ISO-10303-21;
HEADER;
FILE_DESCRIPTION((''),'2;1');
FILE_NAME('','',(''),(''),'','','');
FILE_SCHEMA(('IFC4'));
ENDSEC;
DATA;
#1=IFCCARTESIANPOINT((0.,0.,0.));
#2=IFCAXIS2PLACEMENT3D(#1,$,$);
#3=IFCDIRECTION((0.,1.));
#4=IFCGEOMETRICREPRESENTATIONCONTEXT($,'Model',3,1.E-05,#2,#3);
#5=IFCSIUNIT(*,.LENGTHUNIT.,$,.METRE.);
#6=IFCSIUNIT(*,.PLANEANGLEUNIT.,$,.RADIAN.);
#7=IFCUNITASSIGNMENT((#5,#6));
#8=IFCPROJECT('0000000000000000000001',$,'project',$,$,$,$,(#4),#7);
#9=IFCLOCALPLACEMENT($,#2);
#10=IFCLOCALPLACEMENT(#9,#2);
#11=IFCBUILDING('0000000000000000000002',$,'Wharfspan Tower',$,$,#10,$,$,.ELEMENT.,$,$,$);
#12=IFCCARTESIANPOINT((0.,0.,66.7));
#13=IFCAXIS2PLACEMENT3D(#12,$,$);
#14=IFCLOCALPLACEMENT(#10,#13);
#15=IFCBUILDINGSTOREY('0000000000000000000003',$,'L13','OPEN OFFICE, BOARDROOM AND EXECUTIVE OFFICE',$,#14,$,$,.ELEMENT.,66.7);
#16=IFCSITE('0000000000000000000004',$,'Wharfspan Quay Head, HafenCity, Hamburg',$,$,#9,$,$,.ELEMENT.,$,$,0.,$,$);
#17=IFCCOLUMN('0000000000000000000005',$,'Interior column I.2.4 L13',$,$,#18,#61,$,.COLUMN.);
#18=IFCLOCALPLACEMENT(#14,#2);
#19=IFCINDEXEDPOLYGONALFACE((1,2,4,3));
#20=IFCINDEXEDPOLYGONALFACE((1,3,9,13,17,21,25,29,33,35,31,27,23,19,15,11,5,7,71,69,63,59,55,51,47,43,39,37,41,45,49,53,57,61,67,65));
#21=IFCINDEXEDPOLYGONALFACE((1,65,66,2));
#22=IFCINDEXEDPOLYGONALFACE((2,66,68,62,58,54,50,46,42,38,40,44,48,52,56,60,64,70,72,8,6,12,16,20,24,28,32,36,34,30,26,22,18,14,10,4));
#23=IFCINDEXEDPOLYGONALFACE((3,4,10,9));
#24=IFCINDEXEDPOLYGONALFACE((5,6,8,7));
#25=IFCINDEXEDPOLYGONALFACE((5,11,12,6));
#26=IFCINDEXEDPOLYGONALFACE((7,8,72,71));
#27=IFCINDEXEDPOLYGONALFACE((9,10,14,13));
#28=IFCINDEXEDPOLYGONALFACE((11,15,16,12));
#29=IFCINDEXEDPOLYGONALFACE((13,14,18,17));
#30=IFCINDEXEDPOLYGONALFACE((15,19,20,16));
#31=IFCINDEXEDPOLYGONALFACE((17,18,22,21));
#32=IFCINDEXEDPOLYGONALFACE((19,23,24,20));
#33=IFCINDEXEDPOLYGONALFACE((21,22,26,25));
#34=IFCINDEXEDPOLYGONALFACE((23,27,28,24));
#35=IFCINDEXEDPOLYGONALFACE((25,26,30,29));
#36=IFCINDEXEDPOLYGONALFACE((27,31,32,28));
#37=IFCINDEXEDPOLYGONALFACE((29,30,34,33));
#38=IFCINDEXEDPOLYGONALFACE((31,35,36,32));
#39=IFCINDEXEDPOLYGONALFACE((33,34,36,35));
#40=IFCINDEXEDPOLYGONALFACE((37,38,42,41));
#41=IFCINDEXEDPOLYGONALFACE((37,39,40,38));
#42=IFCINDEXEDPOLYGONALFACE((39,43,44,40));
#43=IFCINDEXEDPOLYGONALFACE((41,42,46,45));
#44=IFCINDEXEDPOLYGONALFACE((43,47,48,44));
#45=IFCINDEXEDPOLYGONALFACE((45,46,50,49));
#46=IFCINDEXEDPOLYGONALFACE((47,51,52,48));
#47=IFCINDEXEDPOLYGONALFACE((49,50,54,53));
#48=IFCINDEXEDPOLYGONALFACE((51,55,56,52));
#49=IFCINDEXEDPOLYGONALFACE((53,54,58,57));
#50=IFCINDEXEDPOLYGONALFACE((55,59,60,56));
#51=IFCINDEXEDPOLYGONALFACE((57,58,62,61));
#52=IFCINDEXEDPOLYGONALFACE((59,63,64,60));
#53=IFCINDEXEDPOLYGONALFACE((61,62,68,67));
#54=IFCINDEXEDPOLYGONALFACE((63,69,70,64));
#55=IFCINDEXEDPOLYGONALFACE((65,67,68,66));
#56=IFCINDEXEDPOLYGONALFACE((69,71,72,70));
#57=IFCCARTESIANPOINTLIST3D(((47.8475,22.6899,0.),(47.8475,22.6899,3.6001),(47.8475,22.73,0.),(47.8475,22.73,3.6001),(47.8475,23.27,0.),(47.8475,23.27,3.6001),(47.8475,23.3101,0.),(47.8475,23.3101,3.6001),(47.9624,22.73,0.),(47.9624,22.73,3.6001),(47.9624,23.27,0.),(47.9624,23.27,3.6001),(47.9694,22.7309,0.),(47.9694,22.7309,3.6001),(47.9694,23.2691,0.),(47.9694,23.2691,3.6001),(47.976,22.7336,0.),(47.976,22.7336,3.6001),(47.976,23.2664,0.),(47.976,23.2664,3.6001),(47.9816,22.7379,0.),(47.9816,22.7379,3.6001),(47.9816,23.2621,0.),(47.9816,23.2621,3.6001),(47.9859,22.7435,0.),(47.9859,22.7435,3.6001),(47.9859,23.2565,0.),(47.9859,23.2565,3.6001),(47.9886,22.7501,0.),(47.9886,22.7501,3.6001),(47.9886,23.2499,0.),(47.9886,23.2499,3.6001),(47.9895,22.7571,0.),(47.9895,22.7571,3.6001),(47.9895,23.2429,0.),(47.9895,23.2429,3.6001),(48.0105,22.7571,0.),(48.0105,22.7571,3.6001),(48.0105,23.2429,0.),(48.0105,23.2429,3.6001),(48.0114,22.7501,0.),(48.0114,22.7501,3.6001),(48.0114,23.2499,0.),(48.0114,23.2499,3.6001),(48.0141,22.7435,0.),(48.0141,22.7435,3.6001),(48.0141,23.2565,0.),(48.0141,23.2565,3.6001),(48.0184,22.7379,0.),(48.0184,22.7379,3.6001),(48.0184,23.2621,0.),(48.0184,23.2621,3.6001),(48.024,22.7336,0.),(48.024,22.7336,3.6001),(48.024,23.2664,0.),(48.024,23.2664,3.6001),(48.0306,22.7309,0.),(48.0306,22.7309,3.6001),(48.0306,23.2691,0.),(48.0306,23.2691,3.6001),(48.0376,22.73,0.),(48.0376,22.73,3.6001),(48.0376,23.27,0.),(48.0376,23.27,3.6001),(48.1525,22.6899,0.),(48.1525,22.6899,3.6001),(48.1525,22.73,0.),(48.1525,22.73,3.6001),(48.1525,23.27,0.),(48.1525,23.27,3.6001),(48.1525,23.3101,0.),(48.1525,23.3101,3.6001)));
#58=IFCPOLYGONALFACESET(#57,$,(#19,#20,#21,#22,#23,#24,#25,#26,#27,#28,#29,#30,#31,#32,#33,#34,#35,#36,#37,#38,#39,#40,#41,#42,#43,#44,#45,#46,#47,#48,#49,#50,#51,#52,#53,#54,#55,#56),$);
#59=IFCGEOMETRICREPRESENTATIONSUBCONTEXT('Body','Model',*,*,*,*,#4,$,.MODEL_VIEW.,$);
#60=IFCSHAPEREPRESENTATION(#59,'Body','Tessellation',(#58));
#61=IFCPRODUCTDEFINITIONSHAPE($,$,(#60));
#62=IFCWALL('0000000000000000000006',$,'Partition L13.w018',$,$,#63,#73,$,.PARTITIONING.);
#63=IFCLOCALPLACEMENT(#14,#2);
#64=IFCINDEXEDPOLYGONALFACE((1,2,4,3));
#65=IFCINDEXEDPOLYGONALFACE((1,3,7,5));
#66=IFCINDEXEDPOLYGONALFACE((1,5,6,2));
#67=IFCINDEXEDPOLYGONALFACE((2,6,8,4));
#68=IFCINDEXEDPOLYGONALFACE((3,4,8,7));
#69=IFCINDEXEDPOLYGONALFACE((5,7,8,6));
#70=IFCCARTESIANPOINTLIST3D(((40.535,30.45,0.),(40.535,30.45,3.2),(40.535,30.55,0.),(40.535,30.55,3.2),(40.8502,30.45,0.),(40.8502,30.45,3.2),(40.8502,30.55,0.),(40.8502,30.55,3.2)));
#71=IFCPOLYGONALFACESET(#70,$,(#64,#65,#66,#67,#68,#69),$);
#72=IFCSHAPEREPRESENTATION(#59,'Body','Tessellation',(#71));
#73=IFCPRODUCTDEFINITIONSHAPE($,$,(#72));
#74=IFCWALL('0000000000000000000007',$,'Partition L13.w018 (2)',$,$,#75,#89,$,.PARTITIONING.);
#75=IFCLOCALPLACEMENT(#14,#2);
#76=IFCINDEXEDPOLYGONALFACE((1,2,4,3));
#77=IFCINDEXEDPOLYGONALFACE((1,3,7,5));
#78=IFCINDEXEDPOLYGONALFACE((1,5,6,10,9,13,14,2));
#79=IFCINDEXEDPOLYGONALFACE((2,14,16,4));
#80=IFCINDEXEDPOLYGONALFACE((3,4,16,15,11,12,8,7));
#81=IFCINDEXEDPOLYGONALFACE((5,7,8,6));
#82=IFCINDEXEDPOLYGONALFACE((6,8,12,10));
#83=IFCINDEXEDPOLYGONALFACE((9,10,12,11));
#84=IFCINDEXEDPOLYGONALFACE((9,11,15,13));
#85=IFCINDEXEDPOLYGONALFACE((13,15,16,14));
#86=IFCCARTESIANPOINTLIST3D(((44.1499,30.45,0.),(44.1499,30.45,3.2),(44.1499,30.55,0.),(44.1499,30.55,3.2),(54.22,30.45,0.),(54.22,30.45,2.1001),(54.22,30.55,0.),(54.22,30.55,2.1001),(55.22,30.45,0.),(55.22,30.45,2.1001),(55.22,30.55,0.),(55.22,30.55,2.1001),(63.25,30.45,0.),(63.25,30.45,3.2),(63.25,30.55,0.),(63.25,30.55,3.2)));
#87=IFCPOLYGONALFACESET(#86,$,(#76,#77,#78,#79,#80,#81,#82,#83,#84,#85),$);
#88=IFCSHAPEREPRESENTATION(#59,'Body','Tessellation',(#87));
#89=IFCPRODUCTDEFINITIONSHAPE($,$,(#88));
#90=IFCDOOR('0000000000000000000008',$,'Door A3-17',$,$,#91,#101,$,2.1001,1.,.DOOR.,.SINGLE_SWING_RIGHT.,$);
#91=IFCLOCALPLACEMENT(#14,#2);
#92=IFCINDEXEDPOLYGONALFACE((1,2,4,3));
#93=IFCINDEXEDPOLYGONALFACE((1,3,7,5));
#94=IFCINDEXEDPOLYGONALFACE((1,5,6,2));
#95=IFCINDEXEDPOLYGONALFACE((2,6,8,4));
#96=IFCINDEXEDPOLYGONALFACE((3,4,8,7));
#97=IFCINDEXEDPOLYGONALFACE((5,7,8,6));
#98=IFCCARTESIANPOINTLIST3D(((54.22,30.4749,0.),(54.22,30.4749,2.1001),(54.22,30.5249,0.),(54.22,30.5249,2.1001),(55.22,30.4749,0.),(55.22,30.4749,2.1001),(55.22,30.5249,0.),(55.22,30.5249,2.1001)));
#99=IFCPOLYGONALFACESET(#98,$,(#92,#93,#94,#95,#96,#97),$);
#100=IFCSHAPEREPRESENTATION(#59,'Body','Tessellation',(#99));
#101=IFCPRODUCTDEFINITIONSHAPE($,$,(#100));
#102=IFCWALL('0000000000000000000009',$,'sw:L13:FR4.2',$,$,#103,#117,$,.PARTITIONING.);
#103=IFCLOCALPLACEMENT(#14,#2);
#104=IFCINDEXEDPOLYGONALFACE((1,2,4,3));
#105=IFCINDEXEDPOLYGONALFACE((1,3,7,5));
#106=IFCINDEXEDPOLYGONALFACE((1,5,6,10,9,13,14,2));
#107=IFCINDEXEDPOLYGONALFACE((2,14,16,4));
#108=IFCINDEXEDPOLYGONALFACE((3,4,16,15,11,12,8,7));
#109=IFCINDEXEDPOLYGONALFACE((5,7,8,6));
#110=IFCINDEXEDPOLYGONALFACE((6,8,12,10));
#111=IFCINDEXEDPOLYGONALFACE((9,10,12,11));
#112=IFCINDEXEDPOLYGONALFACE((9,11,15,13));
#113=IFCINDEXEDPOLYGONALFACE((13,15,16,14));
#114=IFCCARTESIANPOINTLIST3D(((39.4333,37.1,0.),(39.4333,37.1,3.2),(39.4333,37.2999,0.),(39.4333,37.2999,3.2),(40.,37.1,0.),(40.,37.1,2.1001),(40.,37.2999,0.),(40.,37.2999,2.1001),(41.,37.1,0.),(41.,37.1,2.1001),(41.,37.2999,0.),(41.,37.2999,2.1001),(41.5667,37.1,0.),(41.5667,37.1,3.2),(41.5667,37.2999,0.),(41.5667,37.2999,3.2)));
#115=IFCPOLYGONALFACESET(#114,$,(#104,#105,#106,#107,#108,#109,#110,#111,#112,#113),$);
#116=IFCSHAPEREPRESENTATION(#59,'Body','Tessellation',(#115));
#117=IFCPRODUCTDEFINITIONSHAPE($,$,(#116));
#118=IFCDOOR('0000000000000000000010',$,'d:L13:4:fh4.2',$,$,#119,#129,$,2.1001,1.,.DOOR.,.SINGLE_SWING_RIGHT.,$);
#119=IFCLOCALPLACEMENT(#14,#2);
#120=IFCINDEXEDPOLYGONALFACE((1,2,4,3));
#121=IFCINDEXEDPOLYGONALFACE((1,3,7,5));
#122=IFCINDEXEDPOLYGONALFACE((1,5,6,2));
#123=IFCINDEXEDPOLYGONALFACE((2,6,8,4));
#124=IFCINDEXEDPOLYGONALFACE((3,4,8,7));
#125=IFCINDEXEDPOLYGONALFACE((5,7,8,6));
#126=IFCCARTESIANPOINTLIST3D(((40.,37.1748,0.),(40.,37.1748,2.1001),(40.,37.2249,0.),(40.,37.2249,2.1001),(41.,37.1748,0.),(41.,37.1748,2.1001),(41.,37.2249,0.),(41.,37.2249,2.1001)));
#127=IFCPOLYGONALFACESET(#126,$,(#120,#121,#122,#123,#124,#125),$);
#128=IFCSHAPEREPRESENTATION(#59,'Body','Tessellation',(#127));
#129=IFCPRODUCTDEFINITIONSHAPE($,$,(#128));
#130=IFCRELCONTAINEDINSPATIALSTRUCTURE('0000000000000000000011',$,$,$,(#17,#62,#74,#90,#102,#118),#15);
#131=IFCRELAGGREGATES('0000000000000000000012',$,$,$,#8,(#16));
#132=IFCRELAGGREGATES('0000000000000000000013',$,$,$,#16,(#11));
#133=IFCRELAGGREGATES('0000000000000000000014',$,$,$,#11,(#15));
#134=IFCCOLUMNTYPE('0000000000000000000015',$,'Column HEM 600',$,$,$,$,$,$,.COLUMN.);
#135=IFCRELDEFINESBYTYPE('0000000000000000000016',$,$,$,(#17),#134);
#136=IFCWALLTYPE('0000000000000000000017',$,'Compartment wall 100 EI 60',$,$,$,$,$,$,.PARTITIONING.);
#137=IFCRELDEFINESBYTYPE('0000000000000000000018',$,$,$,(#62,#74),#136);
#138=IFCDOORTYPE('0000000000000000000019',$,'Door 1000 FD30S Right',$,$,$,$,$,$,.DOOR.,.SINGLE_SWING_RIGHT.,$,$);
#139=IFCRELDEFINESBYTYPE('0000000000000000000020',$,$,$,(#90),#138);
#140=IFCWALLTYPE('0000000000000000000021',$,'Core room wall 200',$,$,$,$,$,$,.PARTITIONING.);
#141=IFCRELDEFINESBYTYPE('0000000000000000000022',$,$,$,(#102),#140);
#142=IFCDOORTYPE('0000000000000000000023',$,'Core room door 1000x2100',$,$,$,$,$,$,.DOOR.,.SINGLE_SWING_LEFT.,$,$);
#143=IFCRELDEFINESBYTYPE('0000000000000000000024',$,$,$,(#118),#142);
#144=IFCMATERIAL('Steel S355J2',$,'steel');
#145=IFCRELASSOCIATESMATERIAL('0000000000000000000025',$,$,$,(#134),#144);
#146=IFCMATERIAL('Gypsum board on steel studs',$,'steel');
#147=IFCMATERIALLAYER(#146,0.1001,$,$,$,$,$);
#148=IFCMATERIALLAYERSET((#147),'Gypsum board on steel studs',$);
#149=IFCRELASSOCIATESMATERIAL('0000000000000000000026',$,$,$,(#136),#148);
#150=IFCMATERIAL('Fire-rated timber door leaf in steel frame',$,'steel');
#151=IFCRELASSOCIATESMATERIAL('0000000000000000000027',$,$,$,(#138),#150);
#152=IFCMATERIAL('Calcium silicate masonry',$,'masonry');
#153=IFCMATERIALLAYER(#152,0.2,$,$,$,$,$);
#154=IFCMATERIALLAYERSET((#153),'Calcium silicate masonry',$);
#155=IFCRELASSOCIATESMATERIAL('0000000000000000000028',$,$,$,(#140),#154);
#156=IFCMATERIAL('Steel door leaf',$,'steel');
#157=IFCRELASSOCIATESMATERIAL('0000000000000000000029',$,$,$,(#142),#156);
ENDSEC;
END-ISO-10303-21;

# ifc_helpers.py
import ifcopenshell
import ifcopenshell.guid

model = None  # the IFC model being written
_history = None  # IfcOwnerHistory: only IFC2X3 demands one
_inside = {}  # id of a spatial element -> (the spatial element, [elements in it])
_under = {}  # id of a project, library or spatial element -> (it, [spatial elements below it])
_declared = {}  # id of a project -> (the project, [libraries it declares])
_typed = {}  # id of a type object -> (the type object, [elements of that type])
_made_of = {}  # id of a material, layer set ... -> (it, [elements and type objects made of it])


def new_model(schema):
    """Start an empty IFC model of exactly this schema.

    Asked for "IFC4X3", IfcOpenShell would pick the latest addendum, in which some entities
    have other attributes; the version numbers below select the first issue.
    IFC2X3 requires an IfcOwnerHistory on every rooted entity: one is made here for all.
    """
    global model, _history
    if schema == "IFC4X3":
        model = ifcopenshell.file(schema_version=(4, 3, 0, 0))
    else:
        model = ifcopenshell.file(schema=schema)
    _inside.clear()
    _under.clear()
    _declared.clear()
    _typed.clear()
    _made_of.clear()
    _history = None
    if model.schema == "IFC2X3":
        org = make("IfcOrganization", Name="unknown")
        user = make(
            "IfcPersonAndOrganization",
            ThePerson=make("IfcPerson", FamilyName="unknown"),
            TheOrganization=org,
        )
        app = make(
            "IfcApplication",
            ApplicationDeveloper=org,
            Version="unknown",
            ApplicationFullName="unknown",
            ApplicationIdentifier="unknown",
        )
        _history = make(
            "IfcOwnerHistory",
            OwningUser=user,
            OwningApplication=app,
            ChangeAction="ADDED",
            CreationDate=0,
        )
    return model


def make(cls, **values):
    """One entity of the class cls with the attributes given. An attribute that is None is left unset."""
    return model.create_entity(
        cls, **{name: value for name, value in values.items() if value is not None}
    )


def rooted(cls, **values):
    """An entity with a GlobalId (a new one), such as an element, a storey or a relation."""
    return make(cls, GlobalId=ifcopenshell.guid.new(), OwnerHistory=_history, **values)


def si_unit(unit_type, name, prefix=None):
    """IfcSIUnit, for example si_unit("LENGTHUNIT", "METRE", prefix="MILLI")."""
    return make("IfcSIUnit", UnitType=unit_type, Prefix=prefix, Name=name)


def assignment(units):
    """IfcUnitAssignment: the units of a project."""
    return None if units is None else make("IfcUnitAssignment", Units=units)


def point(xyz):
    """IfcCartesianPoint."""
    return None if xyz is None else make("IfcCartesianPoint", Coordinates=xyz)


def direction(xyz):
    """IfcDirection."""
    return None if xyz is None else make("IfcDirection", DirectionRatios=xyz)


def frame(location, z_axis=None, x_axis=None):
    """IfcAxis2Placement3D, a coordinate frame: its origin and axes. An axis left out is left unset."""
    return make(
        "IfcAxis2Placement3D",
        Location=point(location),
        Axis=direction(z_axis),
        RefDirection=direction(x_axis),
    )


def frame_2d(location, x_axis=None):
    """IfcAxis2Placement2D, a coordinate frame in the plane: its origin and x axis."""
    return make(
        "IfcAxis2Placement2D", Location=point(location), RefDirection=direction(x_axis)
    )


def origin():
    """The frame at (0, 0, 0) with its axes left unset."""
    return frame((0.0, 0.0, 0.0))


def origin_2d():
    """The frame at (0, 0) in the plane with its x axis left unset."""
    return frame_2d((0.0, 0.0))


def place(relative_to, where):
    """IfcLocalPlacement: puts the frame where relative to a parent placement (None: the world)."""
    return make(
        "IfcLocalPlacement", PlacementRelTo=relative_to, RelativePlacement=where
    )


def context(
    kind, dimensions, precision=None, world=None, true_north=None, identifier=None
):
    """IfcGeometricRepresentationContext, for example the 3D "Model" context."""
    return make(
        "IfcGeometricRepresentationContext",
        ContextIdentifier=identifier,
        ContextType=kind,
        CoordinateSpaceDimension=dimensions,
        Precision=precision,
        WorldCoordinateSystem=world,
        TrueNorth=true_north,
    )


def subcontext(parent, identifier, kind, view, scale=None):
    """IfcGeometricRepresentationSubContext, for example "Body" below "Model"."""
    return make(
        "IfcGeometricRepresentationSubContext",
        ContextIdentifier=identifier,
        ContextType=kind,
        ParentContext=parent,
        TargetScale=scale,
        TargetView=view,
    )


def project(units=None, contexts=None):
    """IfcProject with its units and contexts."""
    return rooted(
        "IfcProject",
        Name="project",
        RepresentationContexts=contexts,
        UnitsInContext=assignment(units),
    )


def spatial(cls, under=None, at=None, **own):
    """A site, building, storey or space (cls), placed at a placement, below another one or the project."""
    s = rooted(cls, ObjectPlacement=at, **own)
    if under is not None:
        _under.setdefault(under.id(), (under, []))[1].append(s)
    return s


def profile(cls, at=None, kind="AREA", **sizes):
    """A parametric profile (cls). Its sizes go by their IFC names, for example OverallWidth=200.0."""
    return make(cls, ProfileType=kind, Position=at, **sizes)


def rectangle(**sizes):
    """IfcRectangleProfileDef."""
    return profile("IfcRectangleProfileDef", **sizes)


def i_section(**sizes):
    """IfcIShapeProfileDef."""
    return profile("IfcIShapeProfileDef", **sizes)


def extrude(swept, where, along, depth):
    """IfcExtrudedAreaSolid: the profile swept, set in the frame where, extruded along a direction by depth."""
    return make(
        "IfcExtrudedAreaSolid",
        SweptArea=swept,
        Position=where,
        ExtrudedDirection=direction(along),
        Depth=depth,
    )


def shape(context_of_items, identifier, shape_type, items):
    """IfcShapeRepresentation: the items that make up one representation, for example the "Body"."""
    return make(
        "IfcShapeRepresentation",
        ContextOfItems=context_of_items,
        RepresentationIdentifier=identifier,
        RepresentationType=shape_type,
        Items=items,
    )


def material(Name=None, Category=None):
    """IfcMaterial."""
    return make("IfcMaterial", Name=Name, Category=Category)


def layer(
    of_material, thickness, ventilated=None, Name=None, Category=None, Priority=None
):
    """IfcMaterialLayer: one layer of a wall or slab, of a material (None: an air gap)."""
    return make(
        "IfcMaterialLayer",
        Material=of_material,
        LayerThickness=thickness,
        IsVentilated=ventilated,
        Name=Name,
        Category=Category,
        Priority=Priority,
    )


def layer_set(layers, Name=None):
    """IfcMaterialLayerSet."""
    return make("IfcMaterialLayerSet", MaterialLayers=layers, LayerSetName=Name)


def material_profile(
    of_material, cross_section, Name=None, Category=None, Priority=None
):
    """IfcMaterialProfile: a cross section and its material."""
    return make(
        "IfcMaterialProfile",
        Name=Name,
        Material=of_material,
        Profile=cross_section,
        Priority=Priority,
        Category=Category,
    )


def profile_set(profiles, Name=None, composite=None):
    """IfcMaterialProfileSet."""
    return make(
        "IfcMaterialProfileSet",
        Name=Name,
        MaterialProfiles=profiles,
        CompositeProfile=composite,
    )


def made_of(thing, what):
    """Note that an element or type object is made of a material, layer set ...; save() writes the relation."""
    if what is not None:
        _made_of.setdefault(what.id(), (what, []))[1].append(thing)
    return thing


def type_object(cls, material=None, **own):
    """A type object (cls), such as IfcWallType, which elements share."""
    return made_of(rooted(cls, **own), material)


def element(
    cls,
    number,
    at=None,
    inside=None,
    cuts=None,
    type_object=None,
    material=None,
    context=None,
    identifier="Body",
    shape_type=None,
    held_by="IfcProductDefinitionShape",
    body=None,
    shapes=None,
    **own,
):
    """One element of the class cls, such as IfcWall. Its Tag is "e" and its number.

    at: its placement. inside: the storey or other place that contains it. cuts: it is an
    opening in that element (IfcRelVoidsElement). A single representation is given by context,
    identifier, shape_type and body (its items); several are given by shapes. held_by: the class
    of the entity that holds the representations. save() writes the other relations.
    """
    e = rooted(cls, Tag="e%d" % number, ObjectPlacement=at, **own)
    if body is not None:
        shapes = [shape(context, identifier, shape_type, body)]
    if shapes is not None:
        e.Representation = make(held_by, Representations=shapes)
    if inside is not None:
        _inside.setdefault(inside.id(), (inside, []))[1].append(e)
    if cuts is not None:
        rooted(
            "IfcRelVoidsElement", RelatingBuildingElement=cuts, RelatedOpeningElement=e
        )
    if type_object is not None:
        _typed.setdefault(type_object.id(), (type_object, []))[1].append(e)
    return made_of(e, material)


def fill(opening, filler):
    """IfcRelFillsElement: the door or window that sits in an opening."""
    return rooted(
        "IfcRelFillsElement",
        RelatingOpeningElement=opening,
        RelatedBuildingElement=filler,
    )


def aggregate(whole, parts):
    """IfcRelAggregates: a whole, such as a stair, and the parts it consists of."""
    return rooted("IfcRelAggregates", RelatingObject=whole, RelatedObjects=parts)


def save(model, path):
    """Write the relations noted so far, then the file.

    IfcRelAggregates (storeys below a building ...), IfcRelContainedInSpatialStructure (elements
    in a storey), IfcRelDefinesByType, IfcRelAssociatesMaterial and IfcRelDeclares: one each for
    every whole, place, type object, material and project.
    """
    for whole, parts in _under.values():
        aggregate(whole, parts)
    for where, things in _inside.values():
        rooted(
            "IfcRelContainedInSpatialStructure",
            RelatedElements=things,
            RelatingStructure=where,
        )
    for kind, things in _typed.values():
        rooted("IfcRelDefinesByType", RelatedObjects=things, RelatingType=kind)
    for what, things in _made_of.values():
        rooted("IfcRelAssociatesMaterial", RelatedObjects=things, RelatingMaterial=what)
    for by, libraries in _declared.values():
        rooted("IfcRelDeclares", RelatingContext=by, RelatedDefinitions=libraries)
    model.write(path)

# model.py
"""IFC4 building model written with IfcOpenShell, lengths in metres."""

from ifc_helpers import new_model, si_unit, direction, frame, frame_2d, origin, origin_2d, place, context, subcontext, project, spatial, rectangle, i_section, extrude, material, layer, layer_set, material_profile, profile_set, type_object, element, fill, save


model = new_model("IFC4")

# Units and contexts
model_context = context("Model", 3, precision=1e-05, world=origin(), true_north=direction((0.0, 1.0)))
body_context = subcontext(model_context, "Body", "Model", "MODEL_VIEW")
ifc_project = project(units=[si_unit("LENGTHUNIT", "METRE"), si_unit("PLANEANGLEUNIT", "RADIAN")], contexts=[model_context])

# Site, building, storey
site_placement = place(None, origin())
site = spatial("IfcSite", under=ifc_project, at=site_placement, Name="Wharfspan Quay Head, HafenCity, Hamburg", CompositionType="ELEMENT", RefElevation=0.0)
building_placement = place(site_placement, origin())
building = spatial("IfcBuilding", under=site, at=building_placement, Name="Wharfspan Tower", CompositionType="ELEMENT")
storey_placement = place(building_placement, frame((0.0, 0.0, 66.7)))
storey = spatial("IfcBuildingStorey", under=building, at=storey_placement, Name="L13", Description="OPEN OFFICE, BOARDROOM AND EXECUTIVE OFFICE", CompositionType="ELEMENT", Elevation=66.7)

# Column
ifc_material_1 = material(Name="Steel S355J2", Category="steel")
ifc_material_profile = material_profile(ifc_material_1, i_section(OverallWidth=0.3049, OverallDepth=0.6201, WebThickness=0.021, FlangeThickness=0.04, FilletRadius=0.0271, at=origin_2d()))
ifc_profile_set = profile_set([ifc_material_profile], Name="Steel S355J2")
column_type = type_object("IfcColumnType", Name="Column HEM 600", PredefinedType="COLUMN", material=ifc_profile_set)
column_placement = place(storey_placement, frame((48.0, 23.0, 0.0), z_axis=(0.0, 0.0, 1.0), x_axis=(1.0, 0.0, 0.0)))
element("IfcColumn", 1, at=column_placement, inside=storey, type_object=column_type, Name="Interior column I.2.4 L13", PredefinedType="COLUMN", context=body_context, shape_type="SweptSolid", body=[
    extrude(i_section(OverallWidth=0.3049, OverallDepth=0.6201, WebThickness=0.021, FlangeThickness=0.04, FilletRadius=0.0271, at=origin_2d()), origin(), (0.0, 0.0, 1.0), 3.6001),
])

# Wall
ifc_material_2 = material(Name="Gypsum board on steel studs", Category="steel")
ifc_layer_1 = layer(ifc_material_2, 0.1001)
ifc_layer_set_1 = layer_set([ifc_layer_1], Name="Gypsum board on steel studs")
wall_type_1 = type_object("IfcWallType", Name="Compartment wall 100 EI 60", PredefinedType="PARTITIONING", material=ifc_layer_set_1)
wall_1_placement = place(storey_placement, frame((40.5349, 30.5, 0.0), z_axis=(0.0, 0.0, 1.0), x_axis=(1.0, 0.0, 0.0)))
element("IfcWall", 2, at=wall_1_placement, inside=storey, type_object=wall_type_1, Name="Partition L13.w018", PredefinedType="PARTITIONING", context=body_context, shape_type="SweptSolid", body=[
    extrude(rectangle(XDim=0.3152, YDim=0.1001, at=frame_2d((0.1577, 0.0))), origin(), (0.0, 0.0, 1.0), 3.2),
])

# Walls, openings, doors
wall_2_placement = place(storey_placement, frame((44.1499, 30.5, 0.0), z_axis=(0.0, 0.0, 1.0), x_axis=(1.0, 0.0, 0.0)))
wall_2 = element("IfcWall", 3, at=wall_2_placement, inside=storey, type_object=wall_type_1, Name="Partition L13.w018 (2)", PredefinedType="PARTITIONING", context=body_context, shape_type="SweptSolid", body=[
    extrude(rectangle(XDim=19.1001, YDim=0.1001, at=frame_2d((9.55, 0.0))), origin(), (0.0, 0.0, 1.0), 3.2),
])
opening_1_placement = place(wall_2_placement, frame((10.0701, 0.0, 0.0)))
opening_1 = element("IfcOpeningElement", 4, at=opening_1_placement, cuts=wall_2, PredefinedType="OPENING", context=body_context, shape_type="SweptSolid", body=[
    extrude(rectangle(XDim=1.0, YDim=2.1001, at=frame_2d((0.5, 1.05))), frame((0.0, 0.0601, 0.0), z_axis=(0.0, -1.0, 0.0), x_axis=(1.0, 0.0, 0.0)), (0.0, 0.0, 1.0), 0.1201),
])
ifc_material_3 = material(Name="Fire-rated timber door leaf in steel frame", Category="steel")
door_type_1 = type_object("IfcDoorType", Name="Door 1000 FD30S Right", OperationType="SINGLE_SWING_RIGHT", PredefinedType="DOOR", material=ifc_material_3)
door_1_placement = place(opening_1_placement, origin())
door_1 = element("IfcDoor", 5, at=door_1_placement, inside=storey, type_object=door_type_1, Name="Door A3-17", OperationType="SINGLE_SWING_RIGHT", OverallHeight=2.1001, OverallWidth=1.0, PredefinedType="DOOR", context=body_context, shape_type="SweptSolid", body=[
    extrude(rectangle(XDim=1.0, YDim=2.1001, at=frame_2d((0.5, 1.05))), frame((0.0, 0.0249, 0.0), z_axis=(0.0, -1.0, 0.0), x_axis=(1.0, 0.0, 0.0)), (0.0, 0.0, 1.0), 0.05),
])
fill(opening_1, door_1)
ifc_material_4 = material(Name="Calcium silicate masonry", Category="masonry")
ifc_layer_2 = layer(ifc_material_4, 0.2)
ifc_layer_set_2 = layer_set([ifc_layer_2], Name="Calcium silicate masonry")
wall_type_2 = type_object("IfcWallType", Name="Core room wall 200", PredefinedType="PARTITIONING", material=ifc_layer_set_2)
wall_3_placement = place(storey_placement, frame((39.4333, 37.2, 0.0), z_axis=(0.0, 0.0, 1.0), x_axis=(1.0, 0.0, 0.0)))
wall_3 = element("IfcWall", 6, at=wall_3_placement, inside=storey, type_object=wall_type_2, Name="sw:L13:FR4.2", PredefinedType="PARTITIONING", context=body_context, shape_type="SweptSolid", body=[
    extrude(rectangle(XDim=2.1333, YDim=0.2, at=frame_2d((1.0667, 0.0))), origin(), (0.0, 0.0, 1.0), 3.2),
])
opening_2_placement = place(wall_3_placement, frame((0.5666, 0.0, 0.0)))
opening_2 = element("IfcOpeningElement", 7, at=opening_2_placement, cuts=wall_3, PredefinedType="OPENING", context=body_context, shape_type="SweptSolid", body=[
    extrude(rectangle(XDim=1.0, YDim=2.1001, at=frame_2d((0.5, 1.05))), frame((0.0, 0.1099, 0.0), z_axis=(0.0, -1.0, 0.0), x_axis=(1.0, 0.0, 0.0)), (0.0, 0.0, 1.0), 0.22),
])
ifc_material_5 = material(Name="Steel door leaf", Category="steel")
door_type_2 = type_object("IfcDoorType", Name="Core room door 1000x2100", OperationType="SINGLE_SWING_LEFT", PredefinedType="DOOR", material=ifc_material_5)
door_2_placement = place(opening_2_placement, origin())
door_2 = element("IfcDoor", 8, at=door_2_placement, inside=storey, type_object=door_type_2, Name="d:L13:4:fh4.2", OperationType="SINGLE_SWING_RIGHT", OverallHeight=2.1001, OverallWidth=1.0, PredefinedType="DOOR", context=body_context, shape_type="SweptSolid", body=[
    extrude(rectangle(XDim=1.0, YDim=2.1001, at=frame_2d((0.5, 1.05))), frame((0.0, 0.0249, 0.0), z_axis=(0.0, -1.0, 0.0), x_axis=(1.0, 0.0, 0.0)), (0.0, 0.0, 1.0), 0.05),
])
fill(opening_2, door_2)

save(model, "model.ifc")
